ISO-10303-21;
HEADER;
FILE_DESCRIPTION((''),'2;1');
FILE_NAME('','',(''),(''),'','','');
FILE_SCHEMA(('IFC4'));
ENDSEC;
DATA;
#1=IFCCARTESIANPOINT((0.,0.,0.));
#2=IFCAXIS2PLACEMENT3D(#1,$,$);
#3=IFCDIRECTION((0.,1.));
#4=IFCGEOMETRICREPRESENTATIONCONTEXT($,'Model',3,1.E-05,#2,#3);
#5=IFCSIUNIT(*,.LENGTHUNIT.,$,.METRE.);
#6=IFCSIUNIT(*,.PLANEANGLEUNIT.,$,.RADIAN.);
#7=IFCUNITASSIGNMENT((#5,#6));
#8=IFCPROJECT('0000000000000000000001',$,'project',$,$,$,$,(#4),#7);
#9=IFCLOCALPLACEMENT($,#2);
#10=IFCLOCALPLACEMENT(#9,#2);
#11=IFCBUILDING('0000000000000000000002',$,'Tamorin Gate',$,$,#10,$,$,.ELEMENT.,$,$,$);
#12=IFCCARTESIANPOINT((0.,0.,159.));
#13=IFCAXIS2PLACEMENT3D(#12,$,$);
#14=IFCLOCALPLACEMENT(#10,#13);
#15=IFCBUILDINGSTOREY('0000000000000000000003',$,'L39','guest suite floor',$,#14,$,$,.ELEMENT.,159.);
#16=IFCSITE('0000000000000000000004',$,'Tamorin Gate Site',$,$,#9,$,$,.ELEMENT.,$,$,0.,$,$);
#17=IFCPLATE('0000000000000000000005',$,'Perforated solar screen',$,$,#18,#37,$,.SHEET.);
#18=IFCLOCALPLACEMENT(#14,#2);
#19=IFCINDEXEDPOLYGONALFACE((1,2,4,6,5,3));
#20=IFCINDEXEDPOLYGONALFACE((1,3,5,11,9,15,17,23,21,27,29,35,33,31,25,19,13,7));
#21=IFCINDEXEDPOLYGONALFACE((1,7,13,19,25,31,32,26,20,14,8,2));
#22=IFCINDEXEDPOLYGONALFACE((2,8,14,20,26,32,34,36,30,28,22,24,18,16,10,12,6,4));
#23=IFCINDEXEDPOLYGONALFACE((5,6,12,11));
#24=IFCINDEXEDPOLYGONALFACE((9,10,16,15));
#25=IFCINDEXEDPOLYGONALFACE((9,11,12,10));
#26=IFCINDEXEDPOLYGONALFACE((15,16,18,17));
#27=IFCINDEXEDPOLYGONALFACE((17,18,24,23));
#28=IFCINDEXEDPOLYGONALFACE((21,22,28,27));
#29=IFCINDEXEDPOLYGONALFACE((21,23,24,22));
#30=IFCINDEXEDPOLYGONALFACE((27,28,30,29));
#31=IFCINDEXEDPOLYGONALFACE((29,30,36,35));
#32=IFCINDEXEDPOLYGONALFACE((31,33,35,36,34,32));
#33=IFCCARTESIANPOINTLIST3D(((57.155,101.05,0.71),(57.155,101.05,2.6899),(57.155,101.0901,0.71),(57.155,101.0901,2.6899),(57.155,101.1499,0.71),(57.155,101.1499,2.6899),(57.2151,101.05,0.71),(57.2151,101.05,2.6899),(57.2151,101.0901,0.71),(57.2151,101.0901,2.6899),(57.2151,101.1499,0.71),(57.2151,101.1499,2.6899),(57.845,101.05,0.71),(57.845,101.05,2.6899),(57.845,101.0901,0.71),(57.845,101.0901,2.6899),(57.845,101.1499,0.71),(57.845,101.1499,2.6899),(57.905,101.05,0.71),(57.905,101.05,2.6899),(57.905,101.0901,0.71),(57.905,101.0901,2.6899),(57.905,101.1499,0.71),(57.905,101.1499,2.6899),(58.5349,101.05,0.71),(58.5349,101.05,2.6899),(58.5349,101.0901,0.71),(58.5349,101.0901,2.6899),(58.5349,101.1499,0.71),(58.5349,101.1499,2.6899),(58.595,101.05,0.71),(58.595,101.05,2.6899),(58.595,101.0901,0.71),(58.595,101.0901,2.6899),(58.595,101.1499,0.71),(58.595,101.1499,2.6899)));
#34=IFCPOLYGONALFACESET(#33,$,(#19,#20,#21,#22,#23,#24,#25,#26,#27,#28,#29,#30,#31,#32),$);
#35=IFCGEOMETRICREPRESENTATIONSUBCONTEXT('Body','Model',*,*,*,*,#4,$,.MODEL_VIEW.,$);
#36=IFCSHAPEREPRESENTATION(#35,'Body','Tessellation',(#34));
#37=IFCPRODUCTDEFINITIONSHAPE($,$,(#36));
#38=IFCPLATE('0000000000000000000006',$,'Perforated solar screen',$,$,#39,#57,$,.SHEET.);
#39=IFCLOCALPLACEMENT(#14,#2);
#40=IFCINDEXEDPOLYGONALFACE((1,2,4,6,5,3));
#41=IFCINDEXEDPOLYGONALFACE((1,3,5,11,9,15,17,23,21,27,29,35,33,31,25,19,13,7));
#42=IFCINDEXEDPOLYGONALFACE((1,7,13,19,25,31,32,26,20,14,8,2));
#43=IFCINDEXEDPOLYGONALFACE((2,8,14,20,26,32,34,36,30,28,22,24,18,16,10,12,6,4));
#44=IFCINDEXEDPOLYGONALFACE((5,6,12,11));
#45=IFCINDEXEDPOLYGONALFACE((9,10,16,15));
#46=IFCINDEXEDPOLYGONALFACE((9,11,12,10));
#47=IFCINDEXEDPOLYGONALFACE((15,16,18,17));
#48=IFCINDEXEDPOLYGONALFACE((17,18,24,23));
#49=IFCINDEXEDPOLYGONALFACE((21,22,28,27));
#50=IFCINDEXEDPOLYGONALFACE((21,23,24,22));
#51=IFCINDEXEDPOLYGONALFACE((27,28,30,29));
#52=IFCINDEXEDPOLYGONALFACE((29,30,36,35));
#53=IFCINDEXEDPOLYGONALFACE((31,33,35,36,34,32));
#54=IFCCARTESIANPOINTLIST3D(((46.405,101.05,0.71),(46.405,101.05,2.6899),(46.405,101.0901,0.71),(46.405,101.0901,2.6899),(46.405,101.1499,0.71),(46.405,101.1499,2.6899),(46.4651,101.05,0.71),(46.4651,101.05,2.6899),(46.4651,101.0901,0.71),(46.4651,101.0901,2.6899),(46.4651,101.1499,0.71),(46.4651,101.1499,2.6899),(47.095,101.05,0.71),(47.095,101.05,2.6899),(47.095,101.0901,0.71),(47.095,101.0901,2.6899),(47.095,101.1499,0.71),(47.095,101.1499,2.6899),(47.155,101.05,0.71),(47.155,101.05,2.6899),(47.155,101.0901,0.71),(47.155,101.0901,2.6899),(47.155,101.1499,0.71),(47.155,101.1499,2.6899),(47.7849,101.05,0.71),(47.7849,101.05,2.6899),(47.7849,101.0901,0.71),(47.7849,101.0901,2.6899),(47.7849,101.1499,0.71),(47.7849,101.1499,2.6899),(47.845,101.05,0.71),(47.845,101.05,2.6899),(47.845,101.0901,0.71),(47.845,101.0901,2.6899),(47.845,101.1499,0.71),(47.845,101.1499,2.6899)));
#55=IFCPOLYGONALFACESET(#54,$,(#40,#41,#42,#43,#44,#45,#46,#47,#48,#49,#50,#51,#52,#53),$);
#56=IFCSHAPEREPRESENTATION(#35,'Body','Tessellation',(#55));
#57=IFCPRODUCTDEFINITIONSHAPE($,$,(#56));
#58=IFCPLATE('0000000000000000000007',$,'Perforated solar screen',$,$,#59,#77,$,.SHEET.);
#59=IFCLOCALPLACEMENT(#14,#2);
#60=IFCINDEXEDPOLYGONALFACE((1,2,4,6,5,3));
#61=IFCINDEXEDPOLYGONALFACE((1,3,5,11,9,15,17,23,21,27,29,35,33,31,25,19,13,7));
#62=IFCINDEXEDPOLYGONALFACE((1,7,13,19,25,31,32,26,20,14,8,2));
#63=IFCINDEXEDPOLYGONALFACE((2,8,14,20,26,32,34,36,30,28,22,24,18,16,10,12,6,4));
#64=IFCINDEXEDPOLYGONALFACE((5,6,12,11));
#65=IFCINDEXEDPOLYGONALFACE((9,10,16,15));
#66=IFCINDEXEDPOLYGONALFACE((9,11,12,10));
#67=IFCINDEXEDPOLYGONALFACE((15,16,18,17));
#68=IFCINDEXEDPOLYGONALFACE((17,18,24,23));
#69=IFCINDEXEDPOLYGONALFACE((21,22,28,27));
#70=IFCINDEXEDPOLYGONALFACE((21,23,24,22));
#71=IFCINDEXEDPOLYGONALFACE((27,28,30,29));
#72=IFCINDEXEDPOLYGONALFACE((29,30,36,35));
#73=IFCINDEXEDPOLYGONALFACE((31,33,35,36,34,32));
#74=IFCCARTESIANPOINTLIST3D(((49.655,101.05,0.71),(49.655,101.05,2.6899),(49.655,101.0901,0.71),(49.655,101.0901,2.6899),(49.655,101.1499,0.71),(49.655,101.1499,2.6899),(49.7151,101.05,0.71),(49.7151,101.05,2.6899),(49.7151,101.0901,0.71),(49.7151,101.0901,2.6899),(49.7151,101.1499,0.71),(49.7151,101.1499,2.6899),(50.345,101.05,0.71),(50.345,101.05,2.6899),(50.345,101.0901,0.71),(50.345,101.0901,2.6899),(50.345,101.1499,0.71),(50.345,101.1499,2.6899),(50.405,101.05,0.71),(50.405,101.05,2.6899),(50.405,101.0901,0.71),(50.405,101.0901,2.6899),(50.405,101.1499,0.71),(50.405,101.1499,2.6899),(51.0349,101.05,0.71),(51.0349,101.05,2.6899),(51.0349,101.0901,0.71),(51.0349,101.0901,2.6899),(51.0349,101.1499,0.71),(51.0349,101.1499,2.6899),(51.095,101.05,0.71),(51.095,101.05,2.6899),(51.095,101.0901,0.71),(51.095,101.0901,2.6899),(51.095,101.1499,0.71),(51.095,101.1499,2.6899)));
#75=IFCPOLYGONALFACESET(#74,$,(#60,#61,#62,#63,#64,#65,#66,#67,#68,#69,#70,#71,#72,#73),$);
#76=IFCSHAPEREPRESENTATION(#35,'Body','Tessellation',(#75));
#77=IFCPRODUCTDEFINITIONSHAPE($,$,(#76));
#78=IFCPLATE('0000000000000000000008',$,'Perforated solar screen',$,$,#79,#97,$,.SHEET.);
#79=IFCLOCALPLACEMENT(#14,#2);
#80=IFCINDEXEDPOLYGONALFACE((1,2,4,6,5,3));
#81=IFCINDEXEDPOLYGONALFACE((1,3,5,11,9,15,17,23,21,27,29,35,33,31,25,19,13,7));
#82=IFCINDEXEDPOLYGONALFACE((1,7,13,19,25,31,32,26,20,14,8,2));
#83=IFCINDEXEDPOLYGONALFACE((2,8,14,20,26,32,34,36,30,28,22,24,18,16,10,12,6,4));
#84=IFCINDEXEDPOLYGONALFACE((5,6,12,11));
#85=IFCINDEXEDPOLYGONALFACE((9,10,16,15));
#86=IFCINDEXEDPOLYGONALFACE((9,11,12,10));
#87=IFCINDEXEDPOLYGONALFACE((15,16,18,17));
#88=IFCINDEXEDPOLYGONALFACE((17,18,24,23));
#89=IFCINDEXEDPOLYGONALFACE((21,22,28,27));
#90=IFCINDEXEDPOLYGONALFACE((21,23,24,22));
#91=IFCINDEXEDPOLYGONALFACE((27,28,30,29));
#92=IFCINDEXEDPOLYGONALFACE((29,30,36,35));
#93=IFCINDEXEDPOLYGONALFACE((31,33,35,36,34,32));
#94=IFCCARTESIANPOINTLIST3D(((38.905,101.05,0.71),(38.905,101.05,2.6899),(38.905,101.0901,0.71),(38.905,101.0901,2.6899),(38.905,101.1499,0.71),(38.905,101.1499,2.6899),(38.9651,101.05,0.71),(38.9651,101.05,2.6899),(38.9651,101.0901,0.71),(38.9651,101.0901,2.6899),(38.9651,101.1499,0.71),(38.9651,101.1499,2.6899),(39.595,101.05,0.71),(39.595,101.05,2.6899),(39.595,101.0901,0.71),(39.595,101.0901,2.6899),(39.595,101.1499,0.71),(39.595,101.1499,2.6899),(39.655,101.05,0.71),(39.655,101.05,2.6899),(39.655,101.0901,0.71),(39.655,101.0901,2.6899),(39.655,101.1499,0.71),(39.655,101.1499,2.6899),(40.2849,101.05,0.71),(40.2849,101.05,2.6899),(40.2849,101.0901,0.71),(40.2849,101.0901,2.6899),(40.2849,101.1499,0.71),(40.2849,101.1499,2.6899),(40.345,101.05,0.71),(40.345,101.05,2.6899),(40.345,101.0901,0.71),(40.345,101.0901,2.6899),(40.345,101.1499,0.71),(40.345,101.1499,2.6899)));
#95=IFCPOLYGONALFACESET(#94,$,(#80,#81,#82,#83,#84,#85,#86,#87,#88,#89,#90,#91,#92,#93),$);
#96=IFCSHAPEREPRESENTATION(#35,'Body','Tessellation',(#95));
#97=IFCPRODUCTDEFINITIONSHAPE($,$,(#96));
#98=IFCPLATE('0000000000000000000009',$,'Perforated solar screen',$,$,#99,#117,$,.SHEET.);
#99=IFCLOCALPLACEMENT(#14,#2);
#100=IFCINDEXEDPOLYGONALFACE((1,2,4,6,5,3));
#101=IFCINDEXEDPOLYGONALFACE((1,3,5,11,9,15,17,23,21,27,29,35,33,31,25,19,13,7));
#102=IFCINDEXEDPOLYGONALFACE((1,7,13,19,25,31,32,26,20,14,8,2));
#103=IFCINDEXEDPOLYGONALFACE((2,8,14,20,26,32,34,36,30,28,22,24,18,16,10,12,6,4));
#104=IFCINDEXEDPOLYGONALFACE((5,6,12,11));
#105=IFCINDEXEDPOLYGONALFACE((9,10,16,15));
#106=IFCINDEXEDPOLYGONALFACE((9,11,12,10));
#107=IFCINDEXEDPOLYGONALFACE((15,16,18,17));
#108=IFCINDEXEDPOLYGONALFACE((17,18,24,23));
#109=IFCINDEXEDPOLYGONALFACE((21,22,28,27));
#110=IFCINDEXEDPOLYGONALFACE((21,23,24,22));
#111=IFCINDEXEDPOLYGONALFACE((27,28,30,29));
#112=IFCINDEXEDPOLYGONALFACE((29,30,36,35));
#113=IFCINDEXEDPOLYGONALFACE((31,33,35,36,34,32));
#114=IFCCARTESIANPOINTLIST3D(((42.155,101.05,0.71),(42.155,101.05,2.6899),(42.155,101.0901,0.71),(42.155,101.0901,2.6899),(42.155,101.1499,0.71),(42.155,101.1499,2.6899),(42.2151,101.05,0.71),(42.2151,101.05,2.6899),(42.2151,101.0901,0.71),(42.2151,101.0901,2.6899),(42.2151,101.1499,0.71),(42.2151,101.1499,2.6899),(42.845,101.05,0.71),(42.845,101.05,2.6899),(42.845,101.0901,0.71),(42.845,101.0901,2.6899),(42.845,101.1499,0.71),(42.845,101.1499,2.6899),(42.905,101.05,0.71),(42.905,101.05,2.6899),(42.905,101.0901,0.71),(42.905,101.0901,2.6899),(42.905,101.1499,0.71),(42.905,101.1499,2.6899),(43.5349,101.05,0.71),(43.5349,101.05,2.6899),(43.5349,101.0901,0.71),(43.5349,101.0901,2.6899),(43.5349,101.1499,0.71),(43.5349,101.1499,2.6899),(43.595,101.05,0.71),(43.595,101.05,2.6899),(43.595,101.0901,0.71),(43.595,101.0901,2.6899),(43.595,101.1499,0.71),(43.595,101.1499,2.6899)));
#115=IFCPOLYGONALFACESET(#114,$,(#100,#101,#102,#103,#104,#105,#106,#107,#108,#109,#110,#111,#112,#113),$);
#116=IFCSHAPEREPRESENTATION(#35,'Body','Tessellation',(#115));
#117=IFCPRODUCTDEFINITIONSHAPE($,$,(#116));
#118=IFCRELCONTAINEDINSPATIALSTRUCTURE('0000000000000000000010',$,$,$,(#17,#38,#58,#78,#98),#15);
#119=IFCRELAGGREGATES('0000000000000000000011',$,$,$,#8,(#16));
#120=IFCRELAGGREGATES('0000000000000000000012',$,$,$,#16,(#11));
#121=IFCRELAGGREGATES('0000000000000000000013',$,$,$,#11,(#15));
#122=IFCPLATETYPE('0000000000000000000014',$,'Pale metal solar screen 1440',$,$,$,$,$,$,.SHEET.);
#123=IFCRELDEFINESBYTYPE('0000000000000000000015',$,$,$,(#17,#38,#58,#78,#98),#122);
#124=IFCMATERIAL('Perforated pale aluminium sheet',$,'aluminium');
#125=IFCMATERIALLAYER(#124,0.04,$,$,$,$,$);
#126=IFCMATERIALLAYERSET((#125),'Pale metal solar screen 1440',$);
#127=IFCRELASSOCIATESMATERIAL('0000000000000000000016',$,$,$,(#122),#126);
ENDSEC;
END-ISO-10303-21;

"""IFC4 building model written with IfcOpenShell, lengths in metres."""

from ifc_helpers import new_model, si_unit, direction, frame, origin, place, context, subcontext, project, spatial, polyline, outline, extrude, material, layer, layer_set, type_object, element, save


model = new_model("IFC4")

# Units and contexts
model_context = context("Model", 3, precision=1e-05, world=origin(), true_north=direction((0.0, 1.0)))
body_context = subcontext(model_context, "Body", "Model", "MODEL_VIEW")
ifc_project = project(units=[si_unit("LENGTHUNIT", "METRE"), si_unit("PLANEANGLEUNIT", "RADIAN")], contexts=[model_context])

# Site, building, storey
site_placement = place(None, origin())
site = spatial("IfcSite", under=ifc_project, at=site_placement, Name="Tamorin Gate Site", CompositionType="ELEMENT", RefElevation=0.0)
building_placement = place(site_placement, origin())
building = spatial("IfcBuilding", under=site, at=building_placement, Name="Tamorin Gate", CompositionType="ELEMENT")
storey_placement = place(building_placement, frame((0.0, 0.0, 159.0)))
storey = spatial("IfcBuildingStorey", under=building, at=storey_placement, Name="L39", Description="guest suite floor", CompositionType="ELEMENT", Elevation=159.0)

# Plates
ifc_material_1 = material(Name="Perforated pale aluminium sheet", Category="aluminium")
ifc_layer_1 = layer(ifc_material_1, 0.04)
ifc_layer_set_1 = layer_set([ifc_layer_1], Name="Pale metal solar screen 1440")
plate_type_1 = type_object("IfcPlateType", Name="Pale metal solar screen 1440", PredefinedType="SHEET", material=ifc_layer_set_1)
plate_1_placement = place(storey_placement, frame((0.0, 0.0, 0.71)))
element("IfcPlate", 1, at=plate_1_placement, inside=storey, type_object=plate_type_1, Name="Perforated solar screen", PredefinedType="SHEET", context=body_context, shape_type="SweptSolid", body=[
    extrude(outline(polyline([(58.595, 101.0901), (58.595, 101.05), (58.5349, 101.05), (57.905, 101.05), (57.845, 101.05), (57.2151, 101.05), (57.155, 101.05), (57.155, 101.0901), (57.155, 101.1499), (57.2151, 101.1499), (57.2151, 101.0901), (57.845, 101.0901), (57.845, 101.1499), (57.905, 101.1499), (57.905, 101.0901), (58.5349, 101.0901), (58.5349, 101.1499), (58.595, 101.1499), (58.595, 101.0901)])), origin(), (0.0, 0.0, 1.0), 1.98),
])
plate_2_placement = place(storey_placement, frame((0.0, 0.0, 0.71)))
element("IfcPlate", 2, at=plate_2_placement, inside=storey, type_object=plate_type_1, Name="Perforated solar screen", PredefinedType="SHEET", context=body_context, shape_type="SweptSolid", body=[
    extrude(outline(polyline([(47.845, 101.0901), (47.845, 101.05), (47.7849, 101.05), (47.155, 101.05), (47.095, 101.05), (46.4651, 101.05), (46.405, 101.05), (46.405, 101.0901), (46.405, 101.1499), (46.4651, 101.1499), (46.4651, 101.0901), (47.095, 101.0901), (47.095, 101.1499), (47.155, 101.1499), (47.155, 101.0901), (47.7849, 101.0901), (47.7849, 101.1499), (47.845, 101.1499), (47.845, 101.0901)])), origin(), (0.0, 0.0, 1.0), 1.98),
])
plate_3_placement = place(storey_placement, frame((0.0, 0.0, 0.71)))
element("IfcPlate", 3, at=plate_3_placement, inside=storey, type_object=plate_type_1, Name="Perforated solar screen", PredefinedType="SHEET", context=body_context, shape_type="SweptSolid", body=[
    extrude(outline(polyline([(51.095, 101.0901), (51.095, 101.05), (51.0349, 101.05), (50.405, 101.05), (50.345, 101.05), (49.7151, 101.05), (49.655, 101.05), (49.655, 101.0901), (49.655, 101.1499), (49.7151, 101.1499), (49.7151, 101.0901), (50.345, 101.0901), (50.345, 101.1499), (50.405, 101.1499), (50.405, 101.0901), (51.0349, 101.0901), (51.0349, 101.1499), (51.095, 101.1499), (51.095, 101.0901)])), origin(), (0.0, 0.0, 1.0), 1.98),
])
plate_4_placement = place(storey_placement, frame((0.0, 0.0, 0.71)))
element("IfcPlate", 4, at=plate_4_placement, inside=storey, type_object=plate_type_1, Name="Perforated solar screen", PredefinedType="SHEET", context=body_context, shape_type="SweptSolid", body=[
    extrude(outline(polyline([(40.345, 101.0901), (40.345, 101.05), (40.2849, 101.05), (39.655, 101.05), (39.595, 101.05), (38.9651, 101.05), (38.905, 101.05), (38.905, 101.0901), (38.905, 101.1499), (38.9651, 101.1499), (38.9651, 101.0901), (39.595, 101.0901), (39.595, 101.1499), (39.655, 101.1499), (39.655, 101.0901), (40.2849, 101.0901), (40.2849, 101.1499), (40.345, 101.1499), (40.345, 101.0901)])), origin(), (0.0, 0.0, 1.0), 1.98),
])
plate_5_placement = place(storey_placement, frame((0.0, 0.0, 0.71)))
element("IfcPlate", 5, at=plate_5_placement, inside=storey, type_object=plate_type_1, Name="Perforated solar screen", PredefinedType="SHEET", context=body_context, shape_type="SweptSolid", body=[
    extrude(outline(polyline([(43.595, 101.0901), (43.595, 101.05), (43.5349, 101.05), (42.905, 101.05), (42.845, 101.05), (42.2151, 101.05), (42.155, 101.05), (42.155, 101.0901), (42.155, 101.1499), (42.2151, 101.1499), (42.2151, 101.0901), (42.845, 101.0901), (42.845, 101.1499), (42.905, 101.1499), (42.905, 101.0901), (43.5349, 101.0901), (43.5349, 101.1499), (43.595, 101.1499), (43.595, 101.0901)])), origin(), (0.0, 0.0, 1.0), 1.98),
])

save(model, "model.ifc")
